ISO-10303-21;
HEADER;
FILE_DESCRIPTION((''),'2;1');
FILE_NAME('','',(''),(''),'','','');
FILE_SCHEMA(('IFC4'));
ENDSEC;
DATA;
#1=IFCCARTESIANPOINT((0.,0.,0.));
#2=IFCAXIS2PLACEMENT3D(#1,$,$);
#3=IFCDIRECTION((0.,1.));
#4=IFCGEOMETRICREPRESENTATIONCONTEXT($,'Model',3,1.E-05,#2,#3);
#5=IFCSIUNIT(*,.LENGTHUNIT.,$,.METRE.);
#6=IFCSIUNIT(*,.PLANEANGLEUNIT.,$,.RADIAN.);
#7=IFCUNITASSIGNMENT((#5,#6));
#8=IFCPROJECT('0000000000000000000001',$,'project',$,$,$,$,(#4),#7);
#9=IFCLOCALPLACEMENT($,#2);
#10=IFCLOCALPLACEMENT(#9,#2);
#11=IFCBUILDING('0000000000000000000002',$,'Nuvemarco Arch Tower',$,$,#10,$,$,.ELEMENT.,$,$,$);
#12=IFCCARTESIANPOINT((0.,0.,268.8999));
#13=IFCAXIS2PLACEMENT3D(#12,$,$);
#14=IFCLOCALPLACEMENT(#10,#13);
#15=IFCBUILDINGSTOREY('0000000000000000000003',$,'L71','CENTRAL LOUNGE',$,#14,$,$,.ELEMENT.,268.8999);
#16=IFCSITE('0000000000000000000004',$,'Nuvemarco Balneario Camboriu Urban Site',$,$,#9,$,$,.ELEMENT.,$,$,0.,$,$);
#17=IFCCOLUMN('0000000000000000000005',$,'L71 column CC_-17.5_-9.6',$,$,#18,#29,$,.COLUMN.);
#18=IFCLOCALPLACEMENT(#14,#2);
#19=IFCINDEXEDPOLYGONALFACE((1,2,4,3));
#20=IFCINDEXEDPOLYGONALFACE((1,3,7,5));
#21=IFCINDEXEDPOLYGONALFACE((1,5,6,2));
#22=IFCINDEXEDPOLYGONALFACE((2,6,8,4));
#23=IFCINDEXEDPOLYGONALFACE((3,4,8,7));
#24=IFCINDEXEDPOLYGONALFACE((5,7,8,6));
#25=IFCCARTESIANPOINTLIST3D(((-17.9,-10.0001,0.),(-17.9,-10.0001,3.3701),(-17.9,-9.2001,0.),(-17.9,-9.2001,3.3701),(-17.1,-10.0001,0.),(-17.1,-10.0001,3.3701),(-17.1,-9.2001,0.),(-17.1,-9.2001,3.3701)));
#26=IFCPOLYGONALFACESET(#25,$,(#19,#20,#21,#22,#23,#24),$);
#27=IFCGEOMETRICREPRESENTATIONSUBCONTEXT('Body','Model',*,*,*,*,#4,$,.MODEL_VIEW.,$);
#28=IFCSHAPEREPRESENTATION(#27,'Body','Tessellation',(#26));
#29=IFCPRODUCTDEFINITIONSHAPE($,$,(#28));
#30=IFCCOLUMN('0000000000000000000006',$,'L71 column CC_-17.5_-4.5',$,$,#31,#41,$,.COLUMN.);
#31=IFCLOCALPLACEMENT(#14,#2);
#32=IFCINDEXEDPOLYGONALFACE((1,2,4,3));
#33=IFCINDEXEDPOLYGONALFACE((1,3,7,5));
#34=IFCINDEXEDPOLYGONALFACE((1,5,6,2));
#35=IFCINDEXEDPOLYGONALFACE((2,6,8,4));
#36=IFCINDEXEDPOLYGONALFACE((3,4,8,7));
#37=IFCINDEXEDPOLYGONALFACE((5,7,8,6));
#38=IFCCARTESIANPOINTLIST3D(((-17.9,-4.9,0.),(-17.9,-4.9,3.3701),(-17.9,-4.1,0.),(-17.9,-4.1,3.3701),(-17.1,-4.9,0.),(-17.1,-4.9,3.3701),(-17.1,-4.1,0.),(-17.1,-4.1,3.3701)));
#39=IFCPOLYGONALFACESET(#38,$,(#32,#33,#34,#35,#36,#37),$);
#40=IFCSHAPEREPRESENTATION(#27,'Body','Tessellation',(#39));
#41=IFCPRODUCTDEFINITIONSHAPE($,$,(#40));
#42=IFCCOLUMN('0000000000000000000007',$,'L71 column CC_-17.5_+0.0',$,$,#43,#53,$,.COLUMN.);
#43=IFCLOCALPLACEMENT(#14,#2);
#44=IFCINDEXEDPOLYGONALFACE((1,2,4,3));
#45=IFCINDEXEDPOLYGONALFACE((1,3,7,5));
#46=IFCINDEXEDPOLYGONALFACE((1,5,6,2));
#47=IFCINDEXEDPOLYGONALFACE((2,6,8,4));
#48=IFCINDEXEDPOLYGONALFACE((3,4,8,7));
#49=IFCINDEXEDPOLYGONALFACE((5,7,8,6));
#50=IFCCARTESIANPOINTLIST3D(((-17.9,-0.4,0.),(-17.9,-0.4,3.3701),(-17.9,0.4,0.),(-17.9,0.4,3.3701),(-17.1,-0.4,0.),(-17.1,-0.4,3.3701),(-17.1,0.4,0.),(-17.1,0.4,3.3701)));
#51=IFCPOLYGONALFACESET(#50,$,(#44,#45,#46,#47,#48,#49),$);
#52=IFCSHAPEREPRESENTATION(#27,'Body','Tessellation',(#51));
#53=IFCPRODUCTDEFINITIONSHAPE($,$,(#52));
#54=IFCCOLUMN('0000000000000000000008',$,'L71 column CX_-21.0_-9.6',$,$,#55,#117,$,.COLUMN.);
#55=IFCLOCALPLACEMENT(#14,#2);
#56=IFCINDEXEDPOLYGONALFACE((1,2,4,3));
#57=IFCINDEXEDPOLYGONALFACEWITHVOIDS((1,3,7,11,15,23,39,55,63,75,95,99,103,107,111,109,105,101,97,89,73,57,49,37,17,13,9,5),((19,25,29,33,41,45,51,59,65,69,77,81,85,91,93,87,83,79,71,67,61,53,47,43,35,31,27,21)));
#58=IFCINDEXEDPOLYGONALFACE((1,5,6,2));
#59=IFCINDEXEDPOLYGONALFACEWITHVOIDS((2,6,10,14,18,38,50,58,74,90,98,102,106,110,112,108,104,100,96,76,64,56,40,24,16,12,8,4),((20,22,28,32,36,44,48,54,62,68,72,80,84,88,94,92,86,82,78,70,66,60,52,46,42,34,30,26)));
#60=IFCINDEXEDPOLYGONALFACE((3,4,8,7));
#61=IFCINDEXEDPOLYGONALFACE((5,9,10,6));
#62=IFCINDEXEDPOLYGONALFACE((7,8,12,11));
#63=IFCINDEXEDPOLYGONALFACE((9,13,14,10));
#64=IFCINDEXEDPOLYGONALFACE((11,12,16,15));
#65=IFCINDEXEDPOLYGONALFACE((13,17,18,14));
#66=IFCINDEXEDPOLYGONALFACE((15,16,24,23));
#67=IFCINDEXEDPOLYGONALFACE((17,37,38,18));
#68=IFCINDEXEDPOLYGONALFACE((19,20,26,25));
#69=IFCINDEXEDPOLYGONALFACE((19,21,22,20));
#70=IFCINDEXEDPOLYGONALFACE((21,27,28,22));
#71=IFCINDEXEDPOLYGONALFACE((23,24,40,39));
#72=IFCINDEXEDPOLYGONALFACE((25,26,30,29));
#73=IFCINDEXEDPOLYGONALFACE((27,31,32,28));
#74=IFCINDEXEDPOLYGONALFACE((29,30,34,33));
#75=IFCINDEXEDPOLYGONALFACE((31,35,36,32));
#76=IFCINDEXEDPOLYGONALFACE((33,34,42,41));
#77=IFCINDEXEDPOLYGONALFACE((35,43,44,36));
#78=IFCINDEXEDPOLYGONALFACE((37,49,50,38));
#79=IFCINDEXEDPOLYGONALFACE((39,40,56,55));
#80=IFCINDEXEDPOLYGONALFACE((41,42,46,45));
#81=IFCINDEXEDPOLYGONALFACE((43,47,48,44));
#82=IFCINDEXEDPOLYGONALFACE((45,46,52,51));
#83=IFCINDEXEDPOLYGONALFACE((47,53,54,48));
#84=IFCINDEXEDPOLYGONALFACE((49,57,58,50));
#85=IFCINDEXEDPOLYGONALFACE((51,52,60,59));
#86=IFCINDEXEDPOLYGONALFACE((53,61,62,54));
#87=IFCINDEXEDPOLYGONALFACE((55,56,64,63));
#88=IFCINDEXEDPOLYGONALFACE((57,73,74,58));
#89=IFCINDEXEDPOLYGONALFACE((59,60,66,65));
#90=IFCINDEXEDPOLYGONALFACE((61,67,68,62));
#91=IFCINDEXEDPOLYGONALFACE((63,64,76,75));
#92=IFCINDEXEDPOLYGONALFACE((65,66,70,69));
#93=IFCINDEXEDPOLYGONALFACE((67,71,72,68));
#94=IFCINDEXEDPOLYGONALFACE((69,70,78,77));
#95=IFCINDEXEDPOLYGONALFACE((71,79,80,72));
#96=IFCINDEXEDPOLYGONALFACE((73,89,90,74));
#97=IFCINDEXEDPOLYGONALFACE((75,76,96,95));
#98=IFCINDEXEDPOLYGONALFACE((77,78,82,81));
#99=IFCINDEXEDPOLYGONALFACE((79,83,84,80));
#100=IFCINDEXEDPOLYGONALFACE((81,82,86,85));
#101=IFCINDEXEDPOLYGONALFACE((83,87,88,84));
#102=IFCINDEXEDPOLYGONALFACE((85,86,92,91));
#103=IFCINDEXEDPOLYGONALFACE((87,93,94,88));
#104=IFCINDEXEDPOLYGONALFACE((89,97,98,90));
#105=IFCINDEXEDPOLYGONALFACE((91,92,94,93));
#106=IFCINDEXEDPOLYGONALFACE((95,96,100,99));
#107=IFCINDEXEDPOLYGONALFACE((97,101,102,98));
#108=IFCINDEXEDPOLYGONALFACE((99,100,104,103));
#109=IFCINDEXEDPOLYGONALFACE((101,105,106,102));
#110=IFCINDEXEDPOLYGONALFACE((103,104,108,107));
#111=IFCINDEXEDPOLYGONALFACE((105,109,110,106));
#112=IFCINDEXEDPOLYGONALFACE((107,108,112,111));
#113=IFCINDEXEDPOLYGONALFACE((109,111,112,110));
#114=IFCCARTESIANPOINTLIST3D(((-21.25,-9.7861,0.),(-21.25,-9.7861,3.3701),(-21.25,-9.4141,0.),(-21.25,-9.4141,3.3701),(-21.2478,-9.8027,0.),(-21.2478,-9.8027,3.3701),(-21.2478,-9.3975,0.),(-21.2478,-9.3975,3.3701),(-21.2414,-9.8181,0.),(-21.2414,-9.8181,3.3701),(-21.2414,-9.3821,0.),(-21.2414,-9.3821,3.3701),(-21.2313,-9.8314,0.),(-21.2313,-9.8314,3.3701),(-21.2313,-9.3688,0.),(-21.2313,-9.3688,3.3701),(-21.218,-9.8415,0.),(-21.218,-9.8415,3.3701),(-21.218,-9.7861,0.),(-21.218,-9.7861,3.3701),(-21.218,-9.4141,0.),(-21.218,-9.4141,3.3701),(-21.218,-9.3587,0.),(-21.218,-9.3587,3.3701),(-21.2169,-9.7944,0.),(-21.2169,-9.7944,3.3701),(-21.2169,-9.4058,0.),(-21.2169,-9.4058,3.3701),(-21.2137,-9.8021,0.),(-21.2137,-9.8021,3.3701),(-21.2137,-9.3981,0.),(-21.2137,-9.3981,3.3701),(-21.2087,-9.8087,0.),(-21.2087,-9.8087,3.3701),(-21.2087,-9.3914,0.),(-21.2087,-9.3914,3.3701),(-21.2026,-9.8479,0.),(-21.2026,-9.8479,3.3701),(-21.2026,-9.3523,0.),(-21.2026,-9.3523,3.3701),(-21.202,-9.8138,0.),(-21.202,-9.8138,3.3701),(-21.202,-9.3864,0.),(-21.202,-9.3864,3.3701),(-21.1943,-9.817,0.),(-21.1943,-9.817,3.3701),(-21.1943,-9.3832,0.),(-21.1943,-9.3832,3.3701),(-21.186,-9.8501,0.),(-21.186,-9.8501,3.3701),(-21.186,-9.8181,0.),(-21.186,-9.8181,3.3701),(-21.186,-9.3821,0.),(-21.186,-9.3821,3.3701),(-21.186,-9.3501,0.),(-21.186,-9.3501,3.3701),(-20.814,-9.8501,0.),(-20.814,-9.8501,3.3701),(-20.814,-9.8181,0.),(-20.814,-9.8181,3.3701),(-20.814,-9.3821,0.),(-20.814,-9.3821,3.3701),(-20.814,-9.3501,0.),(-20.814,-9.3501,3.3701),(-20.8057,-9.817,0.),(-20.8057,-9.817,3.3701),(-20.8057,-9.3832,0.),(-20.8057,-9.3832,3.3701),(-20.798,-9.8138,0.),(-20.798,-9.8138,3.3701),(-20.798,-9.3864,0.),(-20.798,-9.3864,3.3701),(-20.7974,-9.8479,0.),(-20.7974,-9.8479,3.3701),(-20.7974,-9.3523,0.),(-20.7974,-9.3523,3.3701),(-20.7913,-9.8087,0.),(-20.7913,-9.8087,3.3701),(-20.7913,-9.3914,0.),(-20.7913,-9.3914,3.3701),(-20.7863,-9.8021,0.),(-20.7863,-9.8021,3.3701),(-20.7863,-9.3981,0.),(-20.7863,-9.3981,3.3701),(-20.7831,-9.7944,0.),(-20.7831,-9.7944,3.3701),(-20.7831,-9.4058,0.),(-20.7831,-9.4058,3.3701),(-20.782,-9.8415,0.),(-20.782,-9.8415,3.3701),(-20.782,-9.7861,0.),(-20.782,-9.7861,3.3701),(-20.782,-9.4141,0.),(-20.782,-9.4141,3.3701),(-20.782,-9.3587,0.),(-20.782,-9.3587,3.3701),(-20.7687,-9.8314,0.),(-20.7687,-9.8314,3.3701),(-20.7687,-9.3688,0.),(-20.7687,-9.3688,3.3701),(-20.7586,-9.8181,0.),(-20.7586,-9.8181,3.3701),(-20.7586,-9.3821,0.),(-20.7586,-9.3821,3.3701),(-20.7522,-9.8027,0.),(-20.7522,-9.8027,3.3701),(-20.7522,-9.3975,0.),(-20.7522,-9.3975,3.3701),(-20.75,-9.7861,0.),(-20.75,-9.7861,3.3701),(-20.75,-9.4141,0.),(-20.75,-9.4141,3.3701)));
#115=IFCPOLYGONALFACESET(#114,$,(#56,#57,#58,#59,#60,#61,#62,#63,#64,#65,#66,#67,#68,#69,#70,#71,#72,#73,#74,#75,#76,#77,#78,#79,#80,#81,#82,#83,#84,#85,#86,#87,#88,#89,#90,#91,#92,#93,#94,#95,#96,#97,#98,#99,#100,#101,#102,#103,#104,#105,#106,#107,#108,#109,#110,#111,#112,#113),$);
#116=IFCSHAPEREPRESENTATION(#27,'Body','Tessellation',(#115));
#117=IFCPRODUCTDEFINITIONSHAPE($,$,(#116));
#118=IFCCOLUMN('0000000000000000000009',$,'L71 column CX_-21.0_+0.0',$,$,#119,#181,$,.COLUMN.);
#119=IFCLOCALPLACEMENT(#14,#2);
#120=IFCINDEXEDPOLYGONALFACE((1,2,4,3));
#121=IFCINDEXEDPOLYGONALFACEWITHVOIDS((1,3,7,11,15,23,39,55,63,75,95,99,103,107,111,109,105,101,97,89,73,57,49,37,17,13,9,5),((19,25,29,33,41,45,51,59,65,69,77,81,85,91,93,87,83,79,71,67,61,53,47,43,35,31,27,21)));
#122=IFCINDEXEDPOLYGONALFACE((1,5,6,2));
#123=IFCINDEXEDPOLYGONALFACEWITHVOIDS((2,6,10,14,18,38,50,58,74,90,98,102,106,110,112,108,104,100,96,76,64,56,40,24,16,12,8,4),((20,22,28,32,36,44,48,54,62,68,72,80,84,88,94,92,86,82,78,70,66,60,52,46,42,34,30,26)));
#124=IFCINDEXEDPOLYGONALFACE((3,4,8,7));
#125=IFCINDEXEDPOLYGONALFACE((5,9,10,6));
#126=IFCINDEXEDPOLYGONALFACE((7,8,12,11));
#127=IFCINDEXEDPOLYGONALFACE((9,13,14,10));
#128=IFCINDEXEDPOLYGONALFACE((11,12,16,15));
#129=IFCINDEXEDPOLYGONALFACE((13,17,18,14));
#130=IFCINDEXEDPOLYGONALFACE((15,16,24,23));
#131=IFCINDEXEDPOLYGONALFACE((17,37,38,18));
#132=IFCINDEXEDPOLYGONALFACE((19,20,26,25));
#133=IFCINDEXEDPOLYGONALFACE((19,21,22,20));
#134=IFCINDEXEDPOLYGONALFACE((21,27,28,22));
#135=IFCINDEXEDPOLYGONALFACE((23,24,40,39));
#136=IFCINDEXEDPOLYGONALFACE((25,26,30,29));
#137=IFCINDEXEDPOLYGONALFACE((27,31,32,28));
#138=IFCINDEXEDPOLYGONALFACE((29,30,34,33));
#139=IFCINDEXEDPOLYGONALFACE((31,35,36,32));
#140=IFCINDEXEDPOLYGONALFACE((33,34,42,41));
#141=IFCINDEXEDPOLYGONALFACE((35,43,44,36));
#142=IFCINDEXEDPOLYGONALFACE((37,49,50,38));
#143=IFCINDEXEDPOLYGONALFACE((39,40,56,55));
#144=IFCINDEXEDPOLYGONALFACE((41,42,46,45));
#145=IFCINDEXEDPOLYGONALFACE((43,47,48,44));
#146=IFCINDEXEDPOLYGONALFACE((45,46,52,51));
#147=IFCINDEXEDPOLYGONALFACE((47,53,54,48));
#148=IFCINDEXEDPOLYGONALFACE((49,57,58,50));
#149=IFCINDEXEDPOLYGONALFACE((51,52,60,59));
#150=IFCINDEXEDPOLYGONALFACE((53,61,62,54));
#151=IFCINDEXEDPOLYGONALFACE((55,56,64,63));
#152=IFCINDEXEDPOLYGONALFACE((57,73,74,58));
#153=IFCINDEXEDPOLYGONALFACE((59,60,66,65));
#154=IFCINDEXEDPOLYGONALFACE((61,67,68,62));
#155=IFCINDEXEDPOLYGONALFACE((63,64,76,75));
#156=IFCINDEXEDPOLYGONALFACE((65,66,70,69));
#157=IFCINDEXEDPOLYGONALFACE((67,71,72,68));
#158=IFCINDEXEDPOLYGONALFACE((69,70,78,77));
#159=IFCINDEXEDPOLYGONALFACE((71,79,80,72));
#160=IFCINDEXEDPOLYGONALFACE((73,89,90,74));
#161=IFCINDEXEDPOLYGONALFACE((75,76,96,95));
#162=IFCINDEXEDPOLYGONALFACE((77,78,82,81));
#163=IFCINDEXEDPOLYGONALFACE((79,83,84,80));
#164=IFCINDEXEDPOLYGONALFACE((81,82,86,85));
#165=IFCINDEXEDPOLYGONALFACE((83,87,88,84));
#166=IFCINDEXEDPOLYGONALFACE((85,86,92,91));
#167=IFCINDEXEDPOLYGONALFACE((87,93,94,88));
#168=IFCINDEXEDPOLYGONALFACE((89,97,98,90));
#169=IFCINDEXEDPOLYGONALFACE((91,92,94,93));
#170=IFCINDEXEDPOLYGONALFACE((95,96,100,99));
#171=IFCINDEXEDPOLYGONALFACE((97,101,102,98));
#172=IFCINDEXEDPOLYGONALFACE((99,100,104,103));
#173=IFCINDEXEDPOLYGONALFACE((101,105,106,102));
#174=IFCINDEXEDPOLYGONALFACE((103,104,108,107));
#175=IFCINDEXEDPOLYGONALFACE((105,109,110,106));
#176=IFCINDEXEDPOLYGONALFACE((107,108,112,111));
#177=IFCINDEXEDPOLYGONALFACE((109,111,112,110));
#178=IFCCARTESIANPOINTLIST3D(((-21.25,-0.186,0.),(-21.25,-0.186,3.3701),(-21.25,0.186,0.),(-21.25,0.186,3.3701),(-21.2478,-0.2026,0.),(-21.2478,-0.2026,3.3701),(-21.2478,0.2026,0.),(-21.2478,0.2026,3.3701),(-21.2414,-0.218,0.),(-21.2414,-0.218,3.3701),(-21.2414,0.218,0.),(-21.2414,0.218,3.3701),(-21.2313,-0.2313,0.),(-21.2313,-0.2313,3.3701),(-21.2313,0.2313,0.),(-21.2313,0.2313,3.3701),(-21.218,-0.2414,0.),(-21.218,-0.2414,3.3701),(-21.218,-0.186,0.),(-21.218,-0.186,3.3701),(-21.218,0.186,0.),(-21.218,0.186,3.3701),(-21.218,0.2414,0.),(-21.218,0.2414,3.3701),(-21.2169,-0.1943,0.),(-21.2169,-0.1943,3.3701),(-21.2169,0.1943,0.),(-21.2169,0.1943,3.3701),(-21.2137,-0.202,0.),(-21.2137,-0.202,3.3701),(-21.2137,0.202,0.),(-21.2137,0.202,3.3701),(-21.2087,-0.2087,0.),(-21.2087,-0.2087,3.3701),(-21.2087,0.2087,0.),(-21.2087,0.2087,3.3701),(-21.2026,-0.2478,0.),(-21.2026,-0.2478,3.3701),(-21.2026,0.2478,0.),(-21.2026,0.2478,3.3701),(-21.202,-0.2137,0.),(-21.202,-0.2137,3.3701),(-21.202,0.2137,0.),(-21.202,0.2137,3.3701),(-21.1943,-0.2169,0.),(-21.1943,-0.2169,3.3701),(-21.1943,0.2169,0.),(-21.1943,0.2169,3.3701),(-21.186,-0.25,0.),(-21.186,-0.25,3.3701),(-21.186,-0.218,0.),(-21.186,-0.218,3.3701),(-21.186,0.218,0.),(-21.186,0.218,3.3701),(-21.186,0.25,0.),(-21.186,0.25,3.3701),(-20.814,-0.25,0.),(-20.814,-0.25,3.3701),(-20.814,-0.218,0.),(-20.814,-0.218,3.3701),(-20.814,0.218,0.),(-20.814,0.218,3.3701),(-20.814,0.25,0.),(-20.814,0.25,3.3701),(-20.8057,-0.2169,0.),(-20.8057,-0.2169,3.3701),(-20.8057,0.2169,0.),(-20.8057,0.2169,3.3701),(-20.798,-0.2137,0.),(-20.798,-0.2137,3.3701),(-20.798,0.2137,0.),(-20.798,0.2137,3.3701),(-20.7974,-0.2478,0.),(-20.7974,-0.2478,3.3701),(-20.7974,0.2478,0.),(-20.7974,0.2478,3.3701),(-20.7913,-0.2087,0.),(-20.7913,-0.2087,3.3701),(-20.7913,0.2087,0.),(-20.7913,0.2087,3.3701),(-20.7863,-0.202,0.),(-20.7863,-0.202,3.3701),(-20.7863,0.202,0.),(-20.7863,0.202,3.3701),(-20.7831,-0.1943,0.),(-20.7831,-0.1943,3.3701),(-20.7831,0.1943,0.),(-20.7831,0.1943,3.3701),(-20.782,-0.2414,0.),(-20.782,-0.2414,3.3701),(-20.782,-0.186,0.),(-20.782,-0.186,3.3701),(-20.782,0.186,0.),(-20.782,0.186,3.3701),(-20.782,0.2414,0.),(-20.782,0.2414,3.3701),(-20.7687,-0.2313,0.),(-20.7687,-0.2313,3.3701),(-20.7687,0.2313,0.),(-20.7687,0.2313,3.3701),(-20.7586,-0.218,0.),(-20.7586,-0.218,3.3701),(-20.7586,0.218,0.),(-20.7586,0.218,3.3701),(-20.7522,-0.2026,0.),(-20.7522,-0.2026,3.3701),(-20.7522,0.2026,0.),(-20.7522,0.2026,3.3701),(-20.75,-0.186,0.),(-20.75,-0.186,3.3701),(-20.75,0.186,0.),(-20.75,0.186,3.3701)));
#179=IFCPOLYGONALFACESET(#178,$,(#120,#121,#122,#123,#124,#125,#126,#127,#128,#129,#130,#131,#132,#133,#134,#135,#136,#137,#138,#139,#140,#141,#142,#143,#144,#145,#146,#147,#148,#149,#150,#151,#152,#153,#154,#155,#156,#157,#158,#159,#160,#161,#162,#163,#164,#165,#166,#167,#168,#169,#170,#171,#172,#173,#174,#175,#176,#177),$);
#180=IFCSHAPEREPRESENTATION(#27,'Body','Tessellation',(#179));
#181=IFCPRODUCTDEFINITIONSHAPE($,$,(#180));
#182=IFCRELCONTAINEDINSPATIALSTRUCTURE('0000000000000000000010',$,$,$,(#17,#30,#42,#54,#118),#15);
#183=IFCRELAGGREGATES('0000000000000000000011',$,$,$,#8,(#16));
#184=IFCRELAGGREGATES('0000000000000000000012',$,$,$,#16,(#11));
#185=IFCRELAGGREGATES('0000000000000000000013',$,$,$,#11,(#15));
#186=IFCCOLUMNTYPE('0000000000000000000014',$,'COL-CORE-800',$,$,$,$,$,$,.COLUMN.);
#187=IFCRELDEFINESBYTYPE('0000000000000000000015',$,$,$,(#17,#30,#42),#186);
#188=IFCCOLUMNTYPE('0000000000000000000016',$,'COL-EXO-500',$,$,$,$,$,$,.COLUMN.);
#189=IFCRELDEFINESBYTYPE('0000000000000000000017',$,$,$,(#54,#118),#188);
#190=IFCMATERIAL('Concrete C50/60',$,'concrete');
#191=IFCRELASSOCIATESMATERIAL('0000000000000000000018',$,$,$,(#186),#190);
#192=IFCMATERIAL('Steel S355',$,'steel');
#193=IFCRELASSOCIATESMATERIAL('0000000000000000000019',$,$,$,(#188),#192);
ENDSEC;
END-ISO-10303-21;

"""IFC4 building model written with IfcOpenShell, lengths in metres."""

from ifc_helpers import new_model, si_unit, direction, frame, origin, origin_2d, place, context, subcontext, project, spatial, rectangle, hollow_rectangle, extrude, material, material_profile, profile_set, type_object, element, save


model = new_model("IFC4")

# Units and contexts
model_context = context("Model", 3, precision=1e-05, world=origin(), true_north=direction((0.0, 1.0)))
body_context = subcontext(model_context, "Body", "Model", "MODEL_VIEW")
ifc_project = project(units=[si_unit("LENGTHUNIT", "METRE"), si_unit("PLANEANGLEUNIT", "RADIAN")], contexts=[model_context])

# Site, building, storey
site_placement = place(None, origin())
site = spatial("IfcSite", under=ifc_project, at=site_placement, Name="Nuvemarco Balneario Camboriu Urban Site", CompositionType="ELEMENT", RefElevation=0.0)
building_placement = place(site_placement, origin())
building = spatial("IfcBuilding", under=site, at=building_placement, Name="Nuvemarco Arch Tower", CompositionType="ELEMENT")
storey_placement = place(building_placement, frame((0.0, 0.0, 268.8999)))
storey = spatial("IfcBuildingStorey", under=building, at=storey_placement, Name="L71", Description="CENTRAL LOUNGE", CompositionType="ELEMENT", Elevation=268.8999)

# Columns
ifc_material_1 = material(Name="Concrete C50/60", Category="concrete")
ifc_material_profile_1 = material_profile(ifc_material_1, rectangle(XDim=0.8, YDim=0.8, at=origin_2d()), Name="RC-COL-800x800")
ifc_profile_set_1 = profile_set([ifc_material_profile_1], Name="Concrete C50/60")
column_type_1 = type_object("IfcColumnType", Name="COL-CORE-800", PredefinedType="COLUMN", material=ifc_profile_set_1)
for number, where, z_axis, x_axis, name in (
    (1, (-17.5, -9.6001, 0.0), (0.0, 0.0, 1.0), (1.0, 0.0, 0.0), "L71 column CC_-17.5_-9.6"),
    (2, (-17.5, -4.5, 0.0), (0.0, 0.0, 1.0), (1.0, 0.0, 0.0), "L71 column CC_-17.5_-4.5"),
    (3, (-17.5, 0.0, 0.0), (0.0, 0.0, 1.0), (1.0, 0.0, 0.0), "L71 column CC_-17.5_+0.0"),
):
    element("IfcColumn", number, at=place(storey_placement, frame(where, z_axis=z_axis, x_axis=x_axis)), inside=storey, type_object=column_type_1, Name=name, PredefinedType="COLUMN", context=body_context, shape_type="SweptSolid", body=[
        extrude(rectangle(XDim=0.8, YDim=0.8, at=origin_2d()), origin(), (0.0, 0.0, 1.0), 3.3701),
    ])
ifc_material_2 = material(Name="Steel S355", Category="steel")
ifc_material_profile_2 = material_profile(ifc_material_2, hollow_rectangle(XDim=0.5, YDim=0.5, WallThickness=0.032, InnerFilletRadius=0.032, OuterFilletRadius=0.064, at=origin_2d()), Name="SHS500x500x32")
ifc_profile_set_2 = profile_set([ifc_material_profile_2], Name="Steel S355")
column_type_2 = type_object("IfcColumnType", Name="COL-EXO-500", PredefinedType="COLUMN", material=ifc_profile_set_2)
for number, where, z_axis, x_axis, name in (
    (4, (-21.0, -9.6001, 0.0), (0.0, 0.0, 1.0), (1.0, 0.0, 0.0), "L71 column CX_-21.0_-9.6"),
    (5, (-21.0, 0.0, 0.0), (0.0, 0.0, 1.0), (1.0, 0.0, 0.0), "L71 column CX_-21.0_+0.0"),
):
    element("IfcColumn", number, at=place(storey_placement, frame(where, z_axis=z_axis, x_axis=x_axis)), inside=storey, type_object=column_type_2, Name=name, PredefinedType="COLUMN", context=body_context, shape_type="SweptSolid", body=[
        extrude(hollow_rectangle(XDim=0.5, YDim=0.5, WallThickness=0.032, InnerFilletRadius=0.032, OuterFilletRadius=0.064, at=origin_2d()), origin(), (0.0, 0.0, 1.0), 3.3701),
    ])

save(model, "model.ifc")
